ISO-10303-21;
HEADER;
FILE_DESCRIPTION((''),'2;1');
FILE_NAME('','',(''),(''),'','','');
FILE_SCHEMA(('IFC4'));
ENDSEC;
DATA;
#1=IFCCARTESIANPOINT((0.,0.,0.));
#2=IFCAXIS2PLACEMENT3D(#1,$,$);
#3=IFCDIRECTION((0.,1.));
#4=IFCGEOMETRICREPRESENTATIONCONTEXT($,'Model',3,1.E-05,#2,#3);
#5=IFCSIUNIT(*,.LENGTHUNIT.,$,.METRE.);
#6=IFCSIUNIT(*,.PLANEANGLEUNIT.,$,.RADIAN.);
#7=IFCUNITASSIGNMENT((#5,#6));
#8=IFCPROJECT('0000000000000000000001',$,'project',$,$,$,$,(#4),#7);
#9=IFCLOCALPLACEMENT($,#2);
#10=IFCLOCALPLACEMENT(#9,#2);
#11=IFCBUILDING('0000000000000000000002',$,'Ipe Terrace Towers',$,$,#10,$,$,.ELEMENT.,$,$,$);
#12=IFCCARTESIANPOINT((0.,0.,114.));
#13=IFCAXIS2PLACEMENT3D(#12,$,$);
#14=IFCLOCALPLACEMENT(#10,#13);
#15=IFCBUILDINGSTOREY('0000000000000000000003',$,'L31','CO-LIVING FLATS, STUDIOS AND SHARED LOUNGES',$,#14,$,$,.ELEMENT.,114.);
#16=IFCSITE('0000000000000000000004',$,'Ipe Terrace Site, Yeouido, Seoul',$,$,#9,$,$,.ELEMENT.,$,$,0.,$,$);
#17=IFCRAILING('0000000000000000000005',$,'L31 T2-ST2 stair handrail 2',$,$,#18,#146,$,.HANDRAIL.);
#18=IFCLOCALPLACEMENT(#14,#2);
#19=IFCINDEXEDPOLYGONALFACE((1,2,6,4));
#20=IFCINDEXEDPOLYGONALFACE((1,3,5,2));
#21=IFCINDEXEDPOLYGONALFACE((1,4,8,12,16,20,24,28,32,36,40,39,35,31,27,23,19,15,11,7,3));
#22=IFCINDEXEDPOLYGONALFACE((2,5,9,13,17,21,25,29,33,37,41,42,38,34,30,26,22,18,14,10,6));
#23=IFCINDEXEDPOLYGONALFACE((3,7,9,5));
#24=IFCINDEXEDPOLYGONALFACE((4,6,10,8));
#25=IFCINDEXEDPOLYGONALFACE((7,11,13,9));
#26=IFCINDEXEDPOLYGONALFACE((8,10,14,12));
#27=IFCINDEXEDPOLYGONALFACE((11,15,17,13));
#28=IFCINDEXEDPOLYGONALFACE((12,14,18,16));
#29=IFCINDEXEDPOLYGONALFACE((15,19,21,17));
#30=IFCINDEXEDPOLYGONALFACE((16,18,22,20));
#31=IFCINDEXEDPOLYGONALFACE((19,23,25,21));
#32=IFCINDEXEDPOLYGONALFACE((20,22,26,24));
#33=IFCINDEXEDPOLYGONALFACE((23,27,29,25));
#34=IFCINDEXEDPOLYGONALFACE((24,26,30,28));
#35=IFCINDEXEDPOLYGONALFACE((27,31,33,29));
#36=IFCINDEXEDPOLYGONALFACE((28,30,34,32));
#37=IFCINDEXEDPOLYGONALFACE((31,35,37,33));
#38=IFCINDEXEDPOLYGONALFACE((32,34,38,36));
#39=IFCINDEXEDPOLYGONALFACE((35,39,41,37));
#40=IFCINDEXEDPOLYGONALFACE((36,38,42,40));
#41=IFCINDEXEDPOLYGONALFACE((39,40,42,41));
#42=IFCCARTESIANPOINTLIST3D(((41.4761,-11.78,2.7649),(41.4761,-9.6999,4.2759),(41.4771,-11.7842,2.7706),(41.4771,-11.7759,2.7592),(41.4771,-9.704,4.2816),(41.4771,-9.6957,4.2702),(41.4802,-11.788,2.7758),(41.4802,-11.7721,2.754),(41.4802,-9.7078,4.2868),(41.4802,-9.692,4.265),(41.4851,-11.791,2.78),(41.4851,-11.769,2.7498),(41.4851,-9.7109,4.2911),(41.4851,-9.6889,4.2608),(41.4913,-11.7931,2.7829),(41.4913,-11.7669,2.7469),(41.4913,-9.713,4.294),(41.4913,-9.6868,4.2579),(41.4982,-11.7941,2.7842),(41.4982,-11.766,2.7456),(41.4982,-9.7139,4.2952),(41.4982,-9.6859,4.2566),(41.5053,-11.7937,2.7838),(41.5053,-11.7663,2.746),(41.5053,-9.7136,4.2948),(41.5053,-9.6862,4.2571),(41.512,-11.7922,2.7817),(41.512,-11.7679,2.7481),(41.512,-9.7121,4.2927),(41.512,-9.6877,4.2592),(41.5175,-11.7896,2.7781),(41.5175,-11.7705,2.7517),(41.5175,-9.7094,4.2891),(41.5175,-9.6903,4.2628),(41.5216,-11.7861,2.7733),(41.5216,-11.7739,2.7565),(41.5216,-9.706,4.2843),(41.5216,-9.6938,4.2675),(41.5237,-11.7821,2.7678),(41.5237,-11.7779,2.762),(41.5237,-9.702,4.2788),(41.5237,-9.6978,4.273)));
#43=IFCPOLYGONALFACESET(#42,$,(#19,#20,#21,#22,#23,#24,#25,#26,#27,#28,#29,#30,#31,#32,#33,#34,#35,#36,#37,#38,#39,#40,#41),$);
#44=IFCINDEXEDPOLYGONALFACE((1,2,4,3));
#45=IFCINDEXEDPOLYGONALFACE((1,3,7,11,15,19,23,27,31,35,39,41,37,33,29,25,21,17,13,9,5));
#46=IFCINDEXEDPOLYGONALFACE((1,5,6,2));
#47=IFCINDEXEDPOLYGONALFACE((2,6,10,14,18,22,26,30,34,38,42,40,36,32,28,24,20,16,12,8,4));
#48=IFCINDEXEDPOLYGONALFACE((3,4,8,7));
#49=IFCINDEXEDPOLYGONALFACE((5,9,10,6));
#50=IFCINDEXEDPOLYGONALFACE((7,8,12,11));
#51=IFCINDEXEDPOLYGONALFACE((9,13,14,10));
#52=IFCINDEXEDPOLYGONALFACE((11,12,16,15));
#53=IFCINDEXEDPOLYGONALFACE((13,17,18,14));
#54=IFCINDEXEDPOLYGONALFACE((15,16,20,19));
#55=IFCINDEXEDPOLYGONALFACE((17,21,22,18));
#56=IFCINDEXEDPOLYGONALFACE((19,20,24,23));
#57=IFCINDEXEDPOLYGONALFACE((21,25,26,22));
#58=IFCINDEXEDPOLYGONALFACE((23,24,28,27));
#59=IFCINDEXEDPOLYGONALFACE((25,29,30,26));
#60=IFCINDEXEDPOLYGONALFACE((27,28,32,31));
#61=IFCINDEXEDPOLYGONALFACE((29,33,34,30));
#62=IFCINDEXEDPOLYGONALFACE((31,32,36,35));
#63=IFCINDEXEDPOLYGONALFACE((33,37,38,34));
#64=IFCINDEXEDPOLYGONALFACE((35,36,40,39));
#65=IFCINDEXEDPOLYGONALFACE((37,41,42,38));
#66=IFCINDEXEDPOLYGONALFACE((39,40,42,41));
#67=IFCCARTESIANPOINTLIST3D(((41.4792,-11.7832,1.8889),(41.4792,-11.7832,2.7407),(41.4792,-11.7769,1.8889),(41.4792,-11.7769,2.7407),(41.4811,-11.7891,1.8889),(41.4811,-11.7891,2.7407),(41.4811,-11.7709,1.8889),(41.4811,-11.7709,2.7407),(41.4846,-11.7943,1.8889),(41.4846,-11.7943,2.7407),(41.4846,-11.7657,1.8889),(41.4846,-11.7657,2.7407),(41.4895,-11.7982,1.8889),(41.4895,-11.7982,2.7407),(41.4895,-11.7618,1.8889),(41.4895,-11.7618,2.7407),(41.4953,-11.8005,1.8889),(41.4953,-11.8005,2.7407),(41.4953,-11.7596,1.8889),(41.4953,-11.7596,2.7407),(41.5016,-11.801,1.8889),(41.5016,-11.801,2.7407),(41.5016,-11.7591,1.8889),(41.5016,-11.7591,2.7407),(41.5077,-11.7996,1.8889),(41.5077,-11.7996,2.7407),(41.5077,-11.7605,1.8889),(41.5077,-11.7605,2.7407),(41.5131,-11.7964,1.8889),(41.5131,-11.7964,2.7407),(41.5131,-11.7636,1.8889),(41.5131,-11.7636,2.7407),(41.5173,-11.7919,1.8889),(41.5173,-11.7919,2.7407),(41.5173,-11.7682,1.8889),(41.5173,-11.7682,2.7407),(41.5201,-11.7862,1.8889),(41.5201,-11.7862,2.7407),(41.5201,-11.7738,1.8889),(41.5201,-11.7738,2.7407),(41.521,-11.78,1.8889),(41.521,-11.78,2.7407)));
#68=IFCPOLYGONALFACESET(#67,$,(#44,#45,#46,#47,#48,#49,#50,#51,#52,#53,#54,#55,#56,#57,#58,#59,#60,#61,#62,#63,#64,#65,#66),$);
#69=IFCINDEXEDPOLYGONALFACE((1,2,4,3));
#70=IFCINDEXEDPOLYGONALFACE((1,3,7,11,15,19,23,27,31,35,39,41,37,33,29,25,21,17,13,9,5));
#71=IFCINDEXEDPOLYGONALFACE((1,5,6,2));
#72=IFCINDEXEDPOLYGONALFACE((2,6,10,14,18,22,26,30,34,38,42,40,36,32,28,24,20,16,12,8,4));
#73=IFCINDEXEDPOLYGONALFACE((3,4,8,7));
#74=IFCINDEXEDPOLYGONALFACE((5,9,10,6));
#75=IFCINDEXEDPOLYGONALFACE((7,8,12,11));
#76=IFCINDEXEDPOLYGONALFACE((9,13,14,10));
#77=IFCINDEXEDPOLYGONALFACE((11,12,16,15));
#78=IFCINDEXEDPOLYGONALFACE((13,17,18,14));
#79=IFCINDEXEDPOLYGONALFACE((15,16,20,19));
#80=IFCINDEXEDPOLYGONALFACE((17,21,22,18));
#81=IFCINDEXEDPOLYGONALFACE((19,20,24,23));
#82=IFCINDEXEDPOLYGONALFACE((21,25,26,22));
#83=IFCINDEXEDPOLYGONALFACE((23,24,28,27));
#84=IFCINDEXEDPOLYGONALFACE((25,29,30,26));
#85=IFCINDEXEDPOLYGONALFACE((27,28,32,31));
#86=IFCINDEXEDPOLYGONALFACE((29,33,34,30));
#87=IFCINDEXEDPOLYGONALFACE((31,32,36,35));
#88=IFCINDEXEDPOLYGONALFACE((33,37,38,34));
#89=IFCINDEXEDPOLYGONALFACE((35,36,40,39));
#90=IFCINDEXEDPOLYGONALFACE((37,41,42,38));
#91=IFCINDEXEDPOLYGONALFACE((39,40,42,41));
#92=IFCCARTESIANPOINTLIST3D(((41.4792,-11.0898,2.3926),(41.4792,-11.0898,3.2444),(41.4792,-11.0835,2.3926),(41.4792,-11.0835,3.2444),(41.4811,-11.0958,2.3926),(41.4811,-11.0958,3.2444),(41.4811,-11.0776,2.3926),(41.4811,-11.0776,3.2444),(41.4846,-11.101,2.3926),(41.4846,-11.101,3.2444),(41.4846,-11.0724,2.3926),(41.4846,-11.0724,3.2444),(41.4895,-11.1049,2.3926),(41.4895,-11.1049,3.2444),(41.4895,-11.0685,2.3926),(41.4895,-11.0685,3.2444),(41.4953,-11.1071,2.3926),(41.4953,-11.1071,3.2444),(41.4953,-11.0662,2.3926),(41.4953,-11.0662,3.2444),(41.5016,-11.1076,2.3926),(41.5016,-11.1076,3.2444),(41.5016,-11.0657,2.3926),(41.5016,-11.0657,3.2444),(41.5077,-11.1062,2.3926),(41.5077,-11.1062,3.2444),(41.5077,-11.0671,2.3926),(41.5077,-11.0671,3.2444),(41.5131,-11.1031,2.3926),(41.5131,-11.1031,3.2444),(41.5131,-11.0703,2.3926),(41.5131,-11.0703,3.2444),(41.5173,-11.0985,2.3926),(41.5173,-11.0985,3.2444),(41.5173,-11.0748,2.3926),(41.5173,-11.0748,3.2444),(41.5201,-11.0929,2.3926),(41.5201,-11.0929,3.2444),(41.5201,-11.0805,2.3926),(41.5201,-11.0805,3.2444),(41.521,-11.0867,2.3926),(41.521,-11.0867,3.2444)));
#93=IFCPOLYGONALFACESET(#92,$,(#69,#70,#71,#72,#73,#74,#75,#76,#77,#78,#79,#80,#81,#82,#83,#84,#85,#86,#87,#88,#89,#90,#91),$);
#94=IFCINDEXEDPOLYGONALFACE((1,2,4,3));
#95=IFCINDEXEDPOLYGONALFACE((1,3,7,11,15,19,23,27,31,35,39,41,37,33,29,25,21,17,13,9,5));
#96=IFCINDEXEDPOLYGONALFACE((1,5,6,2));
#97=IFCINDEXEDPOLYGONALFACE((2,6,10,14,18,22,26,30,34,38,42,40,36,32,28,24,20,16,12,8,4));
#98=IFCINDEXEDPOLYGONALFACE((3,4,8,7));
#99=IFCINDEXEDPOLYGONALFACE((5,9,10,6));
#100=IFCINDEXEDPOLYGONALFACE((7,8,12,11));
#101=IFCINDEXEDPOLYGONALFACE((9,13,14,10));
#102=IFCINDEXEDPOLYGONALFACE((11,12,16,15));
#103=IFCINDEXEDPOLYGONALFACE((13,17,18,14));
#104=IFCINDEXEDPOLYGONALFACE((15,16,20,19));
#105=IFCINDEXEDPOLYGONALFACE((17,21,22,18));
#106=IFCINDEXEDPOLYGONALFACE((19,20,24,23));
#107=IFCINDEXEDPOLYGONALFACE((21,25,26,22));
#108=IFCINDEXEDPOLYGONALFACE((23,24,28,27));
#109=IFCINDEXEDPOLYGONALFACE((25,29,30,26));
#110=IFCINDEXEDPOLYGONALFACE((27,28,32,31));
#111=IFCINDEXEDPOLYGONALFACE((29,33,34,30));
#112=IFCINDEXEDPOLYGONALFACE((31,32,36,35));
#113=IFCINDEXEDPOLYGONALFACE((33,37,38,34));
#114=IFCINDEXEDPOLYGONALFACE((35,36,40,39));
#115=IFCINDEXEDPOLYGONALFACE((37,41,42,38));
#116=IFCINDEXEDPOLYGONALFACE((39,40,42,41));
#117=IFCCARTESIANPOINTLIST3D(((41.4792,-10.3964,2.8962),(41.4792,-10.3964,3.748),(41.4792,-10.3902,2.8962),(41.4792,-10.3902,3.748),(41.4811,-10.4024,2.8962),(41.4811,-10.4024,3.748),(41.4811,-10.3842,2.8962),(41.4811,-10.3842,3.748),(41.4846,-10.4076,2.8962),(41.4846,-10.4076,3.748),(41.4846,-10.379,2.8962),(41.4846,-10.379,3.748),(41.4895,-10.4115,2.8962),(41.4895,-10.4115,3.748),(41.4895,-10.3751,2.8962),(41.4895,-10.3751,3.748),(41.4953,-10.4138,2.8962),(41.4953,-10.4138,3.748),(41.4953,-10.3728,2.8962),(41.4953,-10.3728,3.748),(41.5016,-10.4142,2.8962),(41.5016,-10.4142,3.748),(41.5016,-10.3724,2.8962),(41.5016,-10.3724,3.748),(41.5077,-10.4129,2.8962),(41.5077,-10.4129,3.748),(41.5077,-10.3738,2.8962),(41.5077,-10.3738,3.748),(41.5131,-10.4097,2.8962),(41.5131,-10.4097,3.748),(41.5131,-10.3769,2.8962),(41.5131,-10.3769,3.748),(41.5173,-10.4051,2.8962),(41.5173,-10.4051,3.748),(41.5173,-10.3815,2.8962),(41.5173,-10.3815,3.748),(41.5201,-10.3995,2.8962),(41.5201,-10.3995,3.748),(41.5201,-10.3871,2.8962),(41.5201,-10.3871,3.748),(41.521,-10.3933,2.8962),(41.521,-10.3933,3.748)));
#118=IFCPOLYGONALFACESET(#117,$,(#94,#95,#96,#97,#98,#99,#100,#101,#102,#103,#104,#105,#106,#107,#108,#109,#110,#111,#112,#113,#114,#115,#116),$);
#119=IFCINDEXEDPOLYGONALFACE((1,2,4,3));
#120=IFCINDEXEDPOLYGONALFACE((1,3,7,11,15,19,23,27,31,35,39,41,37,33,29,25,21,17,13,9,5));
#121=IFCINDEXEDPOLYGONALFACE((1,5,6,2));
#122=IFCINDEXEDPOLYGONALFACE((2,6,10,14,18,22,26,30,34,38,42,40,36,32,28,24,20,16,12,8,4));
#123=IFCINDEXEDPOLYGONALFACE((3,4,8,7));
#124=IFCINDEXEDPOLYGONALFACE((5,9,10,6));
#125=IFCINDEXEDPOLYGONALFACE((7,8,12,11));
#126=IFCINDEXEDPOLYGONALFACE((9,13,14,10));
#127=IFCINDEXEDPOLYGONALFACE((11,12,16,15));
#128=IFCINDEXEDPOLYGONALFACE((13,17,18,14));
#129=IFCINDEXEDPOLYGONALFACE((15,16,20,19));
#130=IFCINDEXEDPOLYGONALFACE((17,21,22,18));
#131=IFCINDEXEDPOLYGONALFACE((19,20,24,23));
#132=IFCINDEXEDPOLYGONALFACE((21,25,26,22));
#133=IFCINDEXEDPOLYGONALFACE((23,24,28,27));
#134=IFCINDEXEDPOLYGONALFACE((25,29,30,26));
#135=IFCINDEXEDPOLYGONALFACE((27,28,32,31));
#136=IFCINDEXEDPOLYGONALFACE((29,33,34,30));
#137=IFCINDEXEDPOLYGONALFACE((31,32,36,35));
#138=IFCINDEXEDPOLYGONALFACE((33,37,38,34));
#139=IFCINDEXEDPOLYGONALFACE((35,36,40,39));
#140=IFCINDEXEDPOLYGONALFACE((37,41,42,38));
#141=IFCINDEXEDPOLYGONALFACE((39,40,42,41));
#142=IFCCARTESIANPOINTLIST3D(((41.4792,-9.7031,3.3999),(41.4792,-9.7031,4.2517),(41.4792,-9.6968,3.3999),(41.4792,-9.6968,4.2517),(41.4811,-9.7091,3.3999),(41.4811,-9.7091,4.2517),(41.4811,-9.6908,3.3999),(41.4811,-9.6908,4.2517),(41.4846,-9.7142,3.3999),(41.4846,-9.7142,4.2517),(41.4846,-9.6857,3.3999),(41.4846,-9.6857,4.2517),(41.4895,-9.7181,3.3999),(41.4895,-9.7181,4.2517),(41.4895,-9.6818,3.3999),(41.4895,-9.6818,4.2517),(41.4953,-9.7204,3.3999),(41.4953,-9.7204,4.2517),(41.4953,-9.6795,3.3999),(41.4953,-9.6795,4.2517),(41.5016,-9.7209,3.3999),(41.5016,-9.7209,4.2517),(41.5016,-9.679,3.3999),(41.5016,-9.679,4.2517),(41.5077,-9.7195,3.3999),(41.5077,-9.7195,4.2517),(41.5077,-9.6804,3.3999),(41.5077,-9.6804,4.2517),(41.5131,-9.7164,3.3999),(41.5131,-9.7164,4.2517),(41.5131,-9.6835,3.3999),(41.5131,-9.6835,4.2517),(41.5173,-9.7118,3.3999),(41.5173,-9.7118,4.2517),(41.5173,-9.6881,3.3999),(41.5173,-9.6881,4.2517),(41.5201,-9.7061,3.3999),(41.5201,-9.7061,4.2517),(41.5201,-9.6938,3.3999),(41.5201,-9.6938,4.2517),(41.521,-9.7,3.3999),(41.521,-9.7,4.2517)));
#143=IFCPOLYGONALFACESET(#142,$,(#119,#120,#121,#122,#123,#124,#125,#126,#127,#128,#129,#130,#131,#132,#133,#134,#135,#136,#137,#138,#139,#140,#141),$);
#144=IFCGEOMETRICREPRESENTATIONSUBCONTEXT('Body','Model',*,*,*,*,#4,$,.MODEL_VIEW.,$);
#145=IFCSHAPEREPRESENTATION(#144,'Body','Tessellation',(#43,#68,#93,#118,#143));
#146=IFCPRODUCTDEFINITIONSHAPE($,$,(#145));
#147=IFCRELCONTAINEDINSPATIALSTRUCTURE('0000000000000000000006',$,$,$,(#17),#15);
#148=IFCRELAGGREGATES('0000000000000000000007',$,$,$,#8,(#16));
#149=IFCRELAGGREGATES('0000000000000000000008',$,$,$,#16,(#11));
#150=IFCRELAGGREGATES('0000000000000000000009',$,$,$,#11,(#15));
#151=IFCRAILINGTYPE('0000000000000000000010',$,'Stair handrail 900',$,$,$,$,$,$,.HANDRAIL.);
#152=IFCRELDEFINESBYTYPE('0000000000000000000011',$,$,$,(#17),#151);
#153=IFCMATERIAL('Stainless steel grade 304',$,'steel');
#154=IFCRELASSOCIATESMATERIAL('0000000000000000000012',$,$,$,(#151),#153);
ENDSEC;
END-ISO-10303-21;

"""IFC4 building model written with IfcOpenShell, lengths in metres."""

from ifc_helpers import new_model, si_unit, direction, frame, origin, origin_2d, place, context, subcontext, project, spatial, circle, extrude, material, type_object, element, save


model = new_model("IFC4")

# Units and contexts
model_context = context("Model", 3, precision=1e-05, world=origin(), true_north=direction((0.0, 1.0)))
body_context = subcontext(model_context, "Body", "Model", "MODEL_VIEW")
ifc_project = project(units=[si_unit("LENGTHUNIT", "METRE"), si_unit("PLANEANGLEUNIT", "RADIAN")], contexts=[model_context])

# Site, building, storey
site_placement = place(None, origin())
site = spatial("IfcSite", under=ifc_project, at=site_placement, Name="Ipe Terrace Site, Yeouido, Seoul", CompositionType="ELEMENT", RefElevation=0.0)
building_placement = place(site_placement, origin())
building = spatial("IfcBuilding", under=site, at=building_placement, Name="Ipe Terrace Towers", CompositionType="ELEMENT")
storey_placement = place(building_placement, frame((0.0, 0.0, 114.0)))
storey = spatial("IfcBuildingStorey", under=building, at=storey_placement, Name="L31", Description="CO-LIVING FLATS, STUDIOS AND SHARED LOUNGES", CompositionType="ELEMENT", Elevation=114.0)

# Railing
ifc_material_1 = material(Name="Stainless steel grade 304", Category="steel")
railing_type_1 = type_object("IfcRailingType", Name="Stair handrail 900", PredefinedType="HANDRAIL", material=ifc_material_1)
railing_1_placement = place(storey_placement, frame((41.5, -11.78, 1.8889)))
element("IfcRailing", 1, at=railing_1_placement, inside=storey, type_object=railing_type_1, Name="L31 T2-ST2 stair handrail 2", PredefinedType="HANDRAIL", context=body_context, shape_type="SweptSolid", body=[
    extrude(circle(Radius=0.0239, at=origin_2d()), frame((0.0, 0.0, 0.876), z_axis=(0.0, 0.809069, 0.587714), x_axis=(-1.0, 0.0, 0.0)), (0.0, 0.0, 1.0), 2.571),
    extrude(circle(Radius=0.021, at=origin_2d()), origin(), (0.0, 0.0, 1.0), 0.8518),
    extrude(circle(Radius=0.021, at=origin_2d()), frame((0.0, 0.6934, 0.5037)), (0.0, 0.0, 1.0), 0.8518),
    extrude(circle(Radius=0.021, at=origin_2d()), frame((0.0, 1.3867, 1.0073)), (0.0, 0.0, 1.0), 0.8518),
    extrude(circle(Radius=0.021, at=origin_2d()), frame((0.0, 2.0801, 1.511)), (0.0, 0.0, 1.0), 0.8518),
])

save(model, "model.ifc")
